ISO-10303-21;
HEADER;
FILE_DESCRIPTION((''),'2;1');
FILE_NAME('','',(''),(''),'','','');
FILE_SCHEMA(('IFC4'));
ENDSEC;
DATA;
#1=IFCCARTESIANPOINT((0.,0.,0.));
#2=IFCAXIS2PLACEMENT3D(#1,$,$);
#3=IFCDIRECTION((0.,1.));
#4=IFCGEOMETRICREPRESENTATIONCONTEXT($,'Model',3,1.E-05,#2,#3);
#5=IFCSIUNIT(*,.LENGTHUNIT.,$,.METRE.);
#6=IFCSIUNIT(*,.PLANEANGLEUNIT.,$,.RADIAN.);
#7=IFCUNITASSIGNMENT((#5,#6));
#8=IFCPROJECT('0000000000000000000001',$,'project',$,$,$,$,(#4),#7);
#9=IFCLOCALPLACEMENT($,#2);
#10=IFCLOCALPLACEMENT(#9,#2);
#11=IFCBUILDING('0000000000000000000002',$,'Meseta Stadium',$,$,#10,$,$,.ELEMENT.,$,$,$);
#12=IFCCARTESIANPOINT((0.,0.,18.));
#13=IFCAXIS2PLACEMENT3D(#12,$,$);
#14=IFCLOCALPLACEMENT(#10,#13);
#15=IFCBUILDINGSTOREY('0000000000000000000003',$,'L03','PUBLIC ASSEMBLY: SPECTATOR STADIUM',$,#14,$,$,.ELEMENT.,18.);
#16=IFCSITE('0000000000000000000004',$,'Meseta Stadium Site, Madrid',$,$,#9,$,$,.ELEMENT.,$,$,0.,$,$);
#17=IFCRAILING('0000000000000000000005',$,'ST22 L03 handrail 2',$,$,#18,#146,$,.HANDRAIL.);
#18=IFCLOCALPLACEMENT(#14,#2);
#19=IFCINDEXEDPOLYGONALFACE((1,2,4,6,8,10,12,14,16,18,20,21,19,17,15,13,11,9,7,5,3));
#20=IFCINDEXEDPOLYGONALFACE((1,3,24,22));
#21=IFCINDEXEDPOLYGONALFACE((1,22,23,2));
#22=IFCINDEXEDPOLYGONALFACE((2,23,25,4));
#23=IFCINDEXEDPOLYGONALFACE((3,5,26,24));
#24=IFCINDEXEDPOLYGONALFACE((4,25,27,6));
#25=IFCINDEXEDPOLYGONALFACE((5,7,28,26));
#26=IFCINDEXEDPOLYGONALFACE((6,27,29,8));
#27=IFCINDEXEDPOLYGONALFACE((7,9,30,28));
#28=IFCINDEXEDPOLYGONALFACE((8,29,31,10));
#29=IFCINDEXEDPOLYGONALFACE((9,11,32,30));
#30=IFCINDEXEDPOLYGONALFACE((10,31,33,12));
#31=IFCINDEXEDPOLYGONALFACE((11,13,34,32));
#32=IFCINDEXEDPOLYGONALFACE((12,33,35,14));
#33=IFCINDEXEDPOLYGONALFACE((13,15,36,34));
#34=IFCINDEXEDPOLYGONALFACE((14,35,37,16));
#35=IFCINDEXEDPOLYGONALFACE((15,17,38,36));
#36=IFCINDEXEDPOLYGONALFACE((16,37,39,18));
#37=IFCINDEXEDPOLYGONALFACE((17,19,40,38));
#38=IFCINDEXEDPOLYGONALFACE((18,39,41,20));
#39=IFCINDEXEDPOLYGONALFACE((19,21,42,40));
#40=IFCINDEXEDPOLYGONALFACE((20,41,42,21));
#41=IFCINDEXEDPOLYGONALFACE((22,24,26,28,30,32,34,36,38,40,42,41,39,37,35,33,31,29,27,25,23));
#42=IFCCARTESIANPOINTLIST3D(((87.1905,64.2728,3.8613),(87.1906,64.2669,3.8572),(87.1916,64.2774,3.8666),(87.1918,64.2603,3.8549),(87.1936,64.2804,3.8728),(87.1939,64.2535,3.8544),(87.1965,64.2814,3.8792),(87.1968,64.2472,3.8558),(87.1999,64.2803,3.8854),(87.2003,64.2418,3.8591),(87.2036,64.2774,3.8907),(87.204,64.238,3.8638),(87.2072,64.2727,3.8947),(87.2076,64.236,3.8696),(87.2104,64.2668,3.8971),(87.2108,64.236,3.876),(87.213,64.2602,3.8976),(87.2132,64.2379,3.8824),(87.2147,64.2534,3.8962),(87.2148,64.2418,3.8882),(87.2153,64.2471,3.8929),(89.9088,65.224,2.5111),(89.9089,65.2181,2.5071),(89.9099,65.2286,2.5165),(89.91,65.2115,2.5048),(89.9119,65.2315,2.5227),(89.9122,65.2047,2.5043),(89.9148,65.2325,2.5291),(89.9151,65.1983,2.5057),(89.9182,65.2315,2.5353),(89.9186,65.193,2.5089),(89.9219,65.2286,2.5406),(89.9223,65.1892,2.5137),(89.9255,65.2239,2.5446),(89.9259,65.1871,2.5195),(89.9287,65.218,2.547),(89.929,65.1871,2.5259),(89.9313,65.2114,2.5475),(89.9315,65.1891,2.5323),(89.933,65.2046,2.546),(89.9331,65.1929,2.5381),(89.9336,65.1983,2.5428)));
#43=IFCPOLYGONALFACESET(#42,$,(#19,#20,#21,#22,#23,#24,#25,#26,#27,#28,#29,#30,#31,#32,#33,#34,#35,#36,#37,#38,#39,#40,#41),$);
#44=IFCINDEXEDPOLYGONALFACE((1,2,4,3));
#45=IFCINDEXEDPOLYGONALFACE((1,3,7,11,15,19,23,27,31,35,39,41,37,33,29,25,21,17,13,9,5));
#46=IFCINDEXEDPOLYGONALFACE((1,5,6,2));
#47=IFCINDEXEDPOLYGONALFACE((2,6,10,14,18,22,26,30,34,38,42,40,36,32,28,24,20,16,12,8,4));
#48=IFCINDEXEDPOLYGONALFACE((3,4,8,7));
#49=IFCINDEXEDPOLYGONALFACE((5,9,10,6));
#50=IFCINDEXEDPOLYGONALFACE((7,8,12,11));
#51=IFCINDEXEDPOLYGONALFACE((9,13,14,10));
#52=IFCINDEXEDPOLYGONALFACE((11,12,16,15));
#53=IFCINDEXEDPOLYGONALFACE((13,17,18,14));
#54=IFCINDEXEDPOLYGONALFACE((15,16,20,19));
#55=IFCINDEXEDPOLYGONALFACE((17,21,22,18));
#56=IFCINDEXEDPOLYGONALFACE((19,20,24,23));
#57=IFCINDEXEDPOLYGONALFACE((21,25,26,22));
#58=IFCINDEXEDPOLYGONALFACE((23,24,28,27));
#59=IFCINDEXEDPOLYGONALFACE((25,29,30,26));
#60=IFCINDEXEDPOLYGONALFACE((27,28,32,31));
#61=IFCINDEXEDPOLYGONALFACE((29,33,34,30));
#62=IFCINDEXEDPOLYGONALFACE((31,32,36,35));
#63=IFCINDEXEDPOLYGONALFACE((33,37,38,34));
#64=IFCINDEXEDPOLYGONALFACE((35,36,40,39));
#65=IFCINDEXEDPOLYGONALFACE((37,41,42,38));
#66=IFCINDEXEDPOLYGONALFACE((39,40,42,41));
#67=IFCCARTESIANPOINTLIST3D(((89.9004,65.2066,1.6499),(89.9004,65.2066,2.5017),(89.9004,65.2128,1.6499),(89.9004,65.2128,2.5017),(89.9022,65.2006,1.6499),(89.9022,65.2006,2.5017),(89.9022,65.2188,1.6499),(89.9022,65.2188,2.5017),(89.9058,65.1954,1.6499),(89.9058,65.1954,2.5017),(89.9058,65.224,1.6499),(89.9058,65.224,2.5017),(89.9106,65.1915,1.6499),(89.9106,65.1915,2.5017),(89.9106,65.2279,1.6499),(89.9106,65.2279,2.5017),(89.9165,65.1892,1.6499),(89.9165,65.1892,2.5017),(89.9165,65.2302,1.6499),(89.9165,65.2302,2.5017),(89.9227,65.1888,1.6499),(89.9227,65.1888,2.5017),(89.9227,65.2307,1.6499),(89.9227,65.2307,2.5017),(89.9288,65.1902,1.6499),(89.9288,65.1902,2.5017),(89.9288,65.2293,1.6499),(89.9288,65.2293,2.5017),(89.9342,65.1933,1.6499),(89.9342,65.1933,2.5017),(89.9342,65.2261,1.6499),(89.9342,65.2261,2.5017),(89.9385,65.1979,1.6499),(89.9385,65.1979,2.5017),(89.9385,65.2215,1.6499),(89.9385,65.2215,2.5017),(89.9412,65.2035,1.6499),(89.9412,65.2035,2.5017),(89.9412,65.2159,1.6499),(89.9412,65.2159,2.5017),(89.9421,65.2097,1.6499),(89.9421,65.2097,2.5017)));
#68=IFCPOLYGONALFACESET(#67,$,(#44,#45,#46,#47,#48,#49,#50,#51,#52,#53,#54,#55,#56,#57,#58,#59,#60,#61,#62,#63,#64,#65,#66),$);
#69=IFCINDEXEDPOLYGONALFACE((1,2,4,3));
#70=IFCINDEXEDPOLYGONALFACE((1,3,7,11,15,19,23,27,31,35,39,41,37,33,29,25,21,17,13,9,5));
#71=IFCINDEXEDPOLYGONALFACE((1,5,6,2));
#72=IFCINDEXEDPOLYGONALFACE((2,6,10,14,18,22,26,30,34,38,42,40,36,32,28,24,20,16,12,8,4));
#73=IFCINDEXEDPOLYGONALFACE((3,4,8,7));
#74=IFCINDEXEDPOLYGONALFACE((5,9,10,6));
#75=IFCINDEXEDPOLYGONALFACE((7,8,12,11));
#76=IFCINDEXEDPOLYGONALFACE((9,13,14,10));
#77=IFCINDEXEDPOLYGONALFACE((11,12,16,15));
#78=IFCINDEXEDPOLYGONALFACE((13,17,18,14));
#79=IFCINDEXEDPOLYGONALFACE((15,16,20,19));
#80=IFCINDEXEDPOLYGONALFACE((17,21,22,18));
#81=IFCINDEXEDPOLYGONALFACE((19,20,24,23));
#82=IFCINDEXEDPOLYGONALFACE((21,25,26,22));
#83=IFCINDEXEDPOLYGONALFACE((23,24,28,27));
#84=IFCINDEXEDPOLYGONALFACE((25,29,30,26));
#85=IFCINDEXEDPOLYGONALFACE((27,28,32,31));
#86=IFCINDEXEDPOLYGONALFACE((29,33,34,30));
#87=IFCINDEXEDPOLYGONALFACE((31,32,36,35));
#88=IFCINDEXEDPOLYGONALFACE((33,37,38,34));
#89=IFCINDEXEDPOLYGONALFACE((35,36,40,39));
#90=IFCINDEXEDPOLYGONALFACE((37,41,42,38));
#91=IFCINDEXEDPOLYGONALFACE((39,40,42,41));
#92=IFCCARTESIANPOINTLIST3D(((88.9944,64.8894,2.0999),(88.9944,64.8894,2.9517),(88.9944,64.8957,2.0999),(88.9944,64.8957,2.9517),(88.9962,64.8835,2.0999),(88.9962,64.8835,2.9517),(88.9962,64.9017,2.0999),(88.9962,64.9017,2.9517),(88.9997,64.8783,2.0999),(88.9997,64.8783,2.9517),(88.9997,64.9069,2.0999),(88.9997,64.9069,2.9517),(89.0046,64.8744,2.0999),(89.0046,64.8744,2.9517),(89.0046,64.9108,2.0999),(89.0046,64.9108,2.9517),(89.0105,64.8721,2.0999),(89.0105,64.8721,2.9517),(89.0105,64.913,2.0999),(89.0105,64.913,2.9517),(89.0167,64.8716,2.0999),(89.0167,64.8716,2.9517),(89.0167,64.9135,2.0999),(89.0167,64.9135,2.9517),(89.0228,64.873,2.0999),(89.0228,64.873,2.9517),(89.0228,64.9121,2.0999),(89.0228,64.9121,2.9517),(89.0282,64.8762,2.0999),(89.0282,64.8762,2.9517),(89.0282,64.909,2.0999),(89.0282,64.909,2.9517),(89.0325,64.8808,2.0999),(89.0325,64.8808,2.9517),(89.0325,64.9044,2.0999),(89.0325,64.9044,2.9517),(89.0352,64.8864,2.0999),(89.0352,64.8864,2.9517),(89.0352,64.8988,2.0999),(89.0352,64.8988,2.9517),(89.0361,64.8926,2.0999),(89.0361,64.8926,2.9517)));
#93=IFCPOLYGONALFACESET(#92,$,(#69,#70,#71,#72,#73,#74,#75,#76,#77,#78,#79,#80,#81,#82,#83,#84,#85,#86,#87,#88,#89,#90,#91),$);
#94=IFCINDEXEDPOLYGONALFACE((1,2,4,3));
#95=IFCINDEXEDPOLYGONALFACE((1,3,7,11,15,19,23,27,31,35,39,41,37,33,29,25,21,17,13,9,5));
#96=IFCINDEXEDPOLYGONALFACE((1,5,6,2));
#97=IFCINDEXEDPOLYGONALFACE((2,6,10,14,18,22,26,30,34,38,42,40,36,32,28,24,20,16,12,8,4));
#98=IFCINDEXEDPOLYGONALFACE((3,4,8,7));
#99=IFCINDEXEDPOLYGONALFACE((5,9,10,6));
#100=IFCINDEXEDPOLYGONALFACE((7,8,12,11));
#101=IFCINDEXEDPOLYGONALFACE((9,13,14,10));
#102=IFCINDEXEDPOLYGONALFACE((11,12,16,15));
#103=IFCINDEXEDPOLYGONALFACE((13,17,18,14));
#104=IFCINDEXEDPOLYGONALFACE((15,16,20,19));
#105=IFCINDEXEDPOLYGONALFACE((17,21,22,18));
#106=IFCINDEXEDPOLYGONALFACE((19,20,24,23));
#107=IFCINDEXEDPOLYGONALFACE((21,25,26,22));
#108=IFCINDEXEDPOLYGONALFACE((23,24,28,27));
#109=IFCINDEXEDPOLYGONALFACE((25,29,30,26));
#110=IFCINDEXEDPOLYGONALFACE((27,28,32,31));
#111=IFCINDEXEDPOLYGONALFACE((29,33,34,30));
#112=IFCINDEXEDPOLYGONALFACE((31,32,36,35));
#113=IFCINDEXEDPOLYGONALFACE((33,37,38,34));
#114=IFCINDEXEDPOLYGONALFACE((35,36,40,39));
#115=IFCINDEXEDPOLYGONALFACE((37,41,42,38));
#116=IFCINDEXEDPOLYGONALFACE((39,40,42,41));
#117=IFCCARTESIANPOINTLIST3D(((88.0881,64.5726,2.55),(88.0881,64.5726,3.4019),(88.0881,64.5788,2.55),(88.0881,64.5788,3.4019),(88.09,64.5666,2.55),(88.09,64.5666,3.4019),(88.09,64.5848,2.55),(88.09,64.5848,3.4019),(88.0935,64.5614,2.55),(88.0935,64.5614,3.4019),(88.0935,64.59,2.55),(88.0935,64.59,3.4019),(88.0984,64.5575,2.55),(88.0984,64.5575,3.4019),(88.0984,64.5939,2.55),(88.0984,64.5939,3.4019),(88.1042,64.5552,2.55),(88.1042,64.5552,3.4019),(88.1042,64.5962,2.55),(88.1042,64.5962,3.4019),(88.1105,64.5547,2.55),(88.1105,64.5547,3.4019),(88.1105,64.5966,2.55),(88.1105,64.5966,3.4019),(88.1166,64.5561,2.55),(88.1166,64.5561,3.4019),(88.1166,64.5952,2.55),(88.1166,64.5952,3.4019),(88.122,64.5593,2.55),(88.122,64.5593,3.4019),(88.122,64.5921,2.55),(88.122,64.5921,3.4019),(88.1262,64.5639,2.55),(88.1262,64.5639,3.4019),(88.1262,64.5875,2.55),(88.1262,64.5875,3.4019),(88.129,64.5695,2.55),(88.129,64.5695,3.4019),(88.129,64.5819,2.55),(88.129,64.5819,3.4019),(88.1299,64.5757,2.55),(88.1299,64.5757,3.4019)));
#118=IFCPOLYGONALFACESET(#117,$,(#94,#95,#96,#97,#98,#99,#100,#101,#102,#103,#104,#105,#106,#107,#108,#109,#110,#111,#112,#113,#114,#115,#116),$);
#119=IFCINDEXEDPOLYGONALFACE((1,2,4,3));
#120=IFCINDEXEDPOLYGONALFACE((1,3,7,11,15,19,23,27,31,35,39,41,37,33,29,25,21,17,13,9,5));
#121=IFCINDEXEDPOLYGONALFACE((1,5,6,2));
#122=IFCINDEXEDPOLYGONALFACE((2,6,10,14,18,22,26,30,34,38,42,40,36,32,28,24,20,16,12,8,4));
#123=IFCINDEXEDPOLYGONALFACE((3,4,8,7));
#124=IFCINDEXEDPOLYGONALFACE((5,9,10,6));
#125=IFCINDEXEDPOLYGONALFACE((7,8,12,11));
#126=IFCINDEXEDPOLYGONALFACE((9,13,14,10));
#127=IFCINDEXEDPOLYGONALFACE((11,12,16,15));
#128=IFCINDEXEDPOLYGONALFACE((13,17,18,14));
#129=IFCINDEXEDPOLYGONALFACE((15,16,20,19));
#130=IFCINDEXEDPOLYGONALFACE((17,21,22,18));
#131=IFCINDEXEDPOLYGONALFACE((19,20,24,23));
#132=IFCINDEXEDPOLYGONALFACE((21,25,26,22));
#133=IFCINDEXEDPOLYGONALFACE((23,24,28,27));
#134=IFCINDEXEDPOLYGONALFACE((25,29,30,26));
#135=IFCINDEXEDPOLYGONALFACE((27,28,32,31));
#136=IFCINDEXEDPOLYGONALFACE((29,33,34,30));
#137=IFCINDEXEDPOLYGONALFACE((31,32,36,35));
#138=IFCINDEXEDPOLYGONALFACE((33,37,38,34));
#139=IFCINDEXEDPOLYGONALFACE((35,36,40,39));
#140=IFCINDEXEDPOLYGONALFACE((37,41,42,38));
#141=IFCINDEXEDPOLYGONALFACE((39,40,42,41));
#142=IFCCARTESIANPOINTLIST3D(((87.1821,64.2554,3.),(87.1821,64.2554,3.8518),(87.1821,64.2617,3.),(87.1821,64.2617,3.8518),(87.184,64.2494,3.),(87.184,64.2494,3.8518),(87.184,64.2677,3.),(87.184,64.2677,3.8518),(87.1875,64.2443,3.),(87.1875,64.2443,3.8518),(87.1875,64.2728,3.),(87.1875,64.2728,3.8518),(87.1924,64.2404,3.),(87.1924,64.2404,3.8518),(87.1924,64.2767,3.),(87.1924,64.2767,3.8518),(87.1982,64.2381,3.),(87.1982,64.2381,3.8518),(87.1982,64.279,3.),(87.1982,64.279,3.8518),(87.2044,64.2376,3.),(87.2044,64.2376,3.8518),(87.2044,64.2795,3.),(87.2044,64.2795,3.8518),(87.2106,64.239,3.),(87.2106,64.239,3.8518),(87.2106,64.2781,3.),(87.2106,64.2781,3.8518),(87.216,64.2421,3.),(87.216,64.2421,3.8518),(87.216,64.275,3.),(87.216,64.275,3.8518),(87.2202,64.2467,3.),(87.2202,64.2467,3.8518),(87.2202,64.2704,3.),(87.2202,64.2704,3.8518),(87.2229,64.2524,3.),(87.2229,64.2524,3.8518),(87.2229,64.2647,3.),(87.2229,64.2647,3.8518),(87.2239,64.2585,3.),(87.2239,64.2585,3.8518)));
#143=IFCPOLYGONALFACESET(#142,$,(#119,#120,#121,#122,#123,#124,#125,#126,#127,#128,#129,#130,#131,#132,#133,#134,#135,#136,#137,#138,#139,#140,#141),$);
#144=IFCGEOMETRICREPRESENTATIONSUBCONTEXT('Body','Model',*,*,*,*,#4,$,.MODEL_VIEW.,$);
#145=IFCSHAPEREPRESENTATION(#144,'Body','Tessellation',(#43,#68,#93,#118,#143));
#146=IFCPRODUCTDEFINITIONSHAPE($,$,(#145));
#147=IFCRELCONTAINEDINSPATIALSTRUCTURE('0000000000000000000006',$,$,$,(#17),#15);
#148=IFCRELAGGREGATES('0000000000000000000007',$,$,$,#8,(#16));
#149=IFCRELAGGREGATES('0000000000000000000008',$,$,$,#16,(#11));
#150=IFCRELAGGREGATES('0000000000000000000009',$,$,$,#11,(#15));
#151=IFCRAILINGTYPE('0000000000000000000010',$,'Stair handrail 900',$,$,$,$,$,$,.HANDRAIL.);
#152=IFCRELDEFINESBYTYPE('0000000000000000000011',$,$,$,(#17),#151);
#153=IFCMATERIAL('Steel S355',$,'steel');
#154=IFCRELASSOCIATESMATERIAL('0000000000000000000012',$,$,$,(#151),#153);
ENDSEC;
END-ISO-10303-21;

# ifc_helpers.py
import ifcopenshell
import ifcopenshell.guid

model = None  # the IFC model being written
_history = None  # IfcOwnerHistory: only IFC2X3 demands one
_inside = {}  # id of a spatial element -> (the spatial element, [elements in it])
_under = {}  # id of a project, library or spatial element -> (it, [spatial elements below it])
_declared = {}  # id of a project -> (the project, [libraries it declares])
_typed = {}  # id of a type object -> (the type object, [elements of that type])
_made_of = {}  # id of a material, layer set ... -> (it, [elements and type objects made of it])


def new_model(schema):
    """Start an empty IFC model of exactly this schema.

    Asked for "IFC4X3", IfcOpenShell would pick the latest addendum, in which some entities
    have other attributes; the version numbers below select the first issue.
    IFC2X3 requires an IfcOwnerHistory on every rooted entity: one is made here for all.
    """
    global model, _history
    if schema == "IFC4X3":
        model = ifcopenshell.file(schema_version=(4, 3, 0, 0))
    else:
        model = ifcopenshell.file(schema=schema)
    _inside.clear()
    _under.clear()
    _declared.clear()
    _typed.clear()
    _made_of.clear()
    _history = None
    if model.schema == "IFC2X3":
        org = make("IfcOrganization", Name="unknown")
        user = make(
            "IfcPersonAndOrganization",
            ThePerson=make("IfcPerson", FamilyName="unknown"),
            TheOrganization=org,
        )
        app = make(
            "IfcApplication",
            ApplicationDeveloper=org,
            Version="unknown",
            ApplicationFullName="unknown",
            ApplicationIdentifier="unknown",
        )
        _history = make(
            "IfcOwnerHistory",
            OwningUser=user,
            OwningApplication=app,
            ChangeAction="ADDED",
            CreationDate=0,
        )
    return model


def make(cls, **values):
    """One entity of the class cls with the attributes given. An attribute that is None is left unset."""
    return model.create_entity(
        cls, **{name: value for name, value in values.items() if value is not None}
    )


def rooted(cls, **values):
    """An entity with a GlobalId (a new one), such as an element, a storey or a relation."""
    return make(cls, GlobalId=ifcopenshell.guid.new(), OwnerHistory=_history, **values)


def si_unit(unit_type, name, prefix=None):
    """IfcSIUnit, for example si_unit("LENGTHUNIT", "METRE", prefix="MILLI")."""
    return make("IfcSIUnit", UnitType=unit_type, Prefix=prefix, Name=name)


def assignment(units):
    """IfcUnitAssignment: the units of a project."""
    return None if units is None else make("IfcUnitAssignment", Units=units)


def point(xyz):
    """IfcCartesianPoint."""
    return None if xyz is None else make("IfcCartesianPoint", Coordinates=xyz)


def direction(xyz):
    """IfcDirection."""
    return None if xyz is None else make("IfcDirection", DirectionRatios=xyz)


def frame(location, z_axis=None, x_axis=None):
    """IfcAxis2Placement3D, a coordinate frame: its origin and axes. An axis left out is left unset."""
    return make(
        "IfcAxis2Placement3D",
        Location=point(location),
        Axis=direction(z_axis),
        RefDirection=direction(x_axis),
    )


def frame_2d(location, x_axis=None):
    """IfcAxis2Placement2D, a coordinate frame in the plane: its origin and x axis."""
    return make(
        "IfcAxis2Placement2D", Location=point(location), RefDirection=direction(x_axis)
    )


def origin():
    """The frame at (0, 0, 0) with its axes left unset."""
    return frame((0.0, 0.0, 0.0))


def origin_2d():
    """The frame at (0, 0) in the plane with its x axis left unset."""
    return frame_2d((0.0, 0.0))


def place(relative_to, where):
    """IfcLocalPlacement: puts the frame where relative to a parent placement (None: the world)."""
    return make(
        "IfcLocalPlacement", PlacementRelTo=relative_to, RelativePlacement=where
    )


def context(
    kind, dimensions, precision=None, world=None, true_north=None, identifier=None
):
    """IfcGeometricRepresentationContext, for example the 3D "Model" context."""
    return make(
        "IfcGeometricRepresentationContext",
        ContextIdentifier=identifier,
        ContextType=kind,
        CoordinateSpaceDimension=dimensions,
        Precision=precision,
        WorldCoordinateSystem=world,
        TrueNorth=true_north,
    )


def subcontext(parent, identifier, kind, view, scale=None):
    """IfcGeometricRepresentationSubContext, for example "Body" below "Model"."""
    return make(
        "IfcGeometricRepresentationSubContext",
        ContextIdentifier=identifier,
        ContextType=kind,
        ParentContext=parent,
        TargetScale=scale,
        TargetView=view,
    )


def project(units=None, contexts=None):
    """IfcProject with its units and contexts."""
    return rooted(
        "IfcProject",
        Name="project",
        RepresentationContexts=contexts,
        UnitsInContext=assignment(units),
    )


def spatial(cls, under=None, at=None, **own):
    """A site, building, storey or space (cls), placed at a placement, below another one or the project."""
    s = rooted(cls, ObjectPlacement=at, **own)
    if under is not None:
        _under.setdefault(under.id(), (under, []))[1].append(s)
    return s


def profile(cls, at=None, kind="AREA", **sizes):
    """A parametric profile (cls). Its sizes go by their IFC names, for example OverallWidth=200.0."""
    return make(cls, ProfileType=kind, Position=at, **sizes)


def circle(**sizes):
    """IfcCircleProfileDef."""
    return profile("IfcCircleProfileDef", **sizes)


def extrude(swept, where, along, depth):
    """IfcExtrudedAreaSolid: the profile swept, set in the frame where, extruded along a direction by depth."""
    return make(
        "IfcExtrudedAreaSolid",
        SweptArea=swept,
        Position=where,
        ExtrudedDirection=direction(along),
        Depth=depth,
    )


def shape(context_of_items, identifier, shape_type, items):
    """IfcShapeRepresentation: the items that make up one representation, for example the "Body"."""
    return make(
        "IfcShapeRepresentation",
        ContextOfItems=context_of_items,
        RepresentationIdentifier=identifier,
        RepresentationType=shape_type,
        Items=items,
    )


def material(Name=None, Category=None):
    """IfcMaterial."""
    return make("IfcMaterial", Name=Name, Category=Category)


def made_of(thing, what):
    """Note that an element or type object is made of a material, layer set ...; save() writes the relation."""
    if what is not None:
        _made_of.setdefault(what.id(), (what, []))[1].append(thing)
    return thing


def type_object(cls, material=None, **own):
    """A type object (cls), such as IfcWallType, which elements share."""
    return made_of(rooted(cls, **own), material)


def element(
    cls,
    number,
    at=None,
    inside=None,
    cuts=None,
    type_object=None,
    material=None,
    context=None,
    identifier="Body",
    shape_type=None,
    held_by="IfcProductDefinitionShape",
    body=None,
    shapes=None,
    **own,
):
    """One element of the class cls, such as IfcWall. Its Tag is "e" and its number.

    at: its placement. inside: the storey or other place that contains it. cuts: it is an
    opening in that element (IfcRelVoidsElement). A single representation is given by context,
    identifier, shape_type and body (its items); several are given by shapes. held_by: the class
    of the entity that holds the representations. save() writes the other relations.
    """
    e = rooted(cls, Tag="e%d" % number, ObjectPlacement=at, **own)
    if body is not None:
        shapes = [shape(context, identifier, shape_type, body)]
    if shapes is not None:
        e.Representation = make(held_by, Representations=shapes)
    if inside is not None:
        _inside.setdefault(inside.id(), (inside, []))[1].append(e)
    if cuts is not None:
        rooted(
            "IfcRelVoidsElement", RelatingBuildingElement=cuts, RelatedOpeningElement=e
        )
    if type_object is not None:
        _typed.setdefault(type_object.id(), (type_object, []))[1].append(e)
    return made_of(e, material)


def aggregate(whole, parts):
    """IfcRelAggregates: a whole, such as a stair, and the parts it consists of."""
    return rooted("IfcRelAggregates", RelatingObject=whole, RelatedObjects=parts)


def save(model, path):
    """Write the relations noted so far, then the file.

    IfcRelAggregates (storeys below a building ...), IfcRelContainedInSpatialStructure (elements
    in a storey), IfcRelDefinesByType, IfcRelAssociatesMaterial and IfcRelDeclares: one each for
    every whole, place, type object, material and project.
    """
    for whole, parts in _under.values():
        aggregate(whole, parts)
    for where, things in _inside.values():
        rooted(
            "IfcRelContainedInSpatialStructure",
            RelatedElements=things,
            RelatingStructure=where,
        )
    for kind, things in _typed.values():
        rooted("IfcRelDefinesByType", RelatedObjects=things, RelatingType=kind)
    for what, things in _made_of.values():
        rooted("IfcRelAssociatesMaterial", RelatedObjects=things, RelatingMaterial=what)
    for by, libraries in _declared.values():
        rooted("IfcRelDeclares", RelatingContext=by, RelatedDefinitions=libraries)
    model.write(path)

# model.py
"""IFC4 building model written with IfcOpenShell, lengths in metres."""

from ifc_helpers import new_model, si_unit, direction, frame, origin, origin_2d, place, context, subcontext, project, spatial, circle, extrude, material, type_object, element, save


model = new_model("IFC4")

# Units and contexts
model_context = context("Model", 3, precision=1e-05, world=origin(), true_north=direction((0.0, 1.0)))
body_context = subcontext(model_context, "Body", "Model", "MODEL_VIEW")
ifc_project = project(units=[si_unit("LENGTHUNIT", "METRE"), si_unit("PLANEANGLEUNIT", "RADIAN")], contexts=[model_context])

# Site, building, storey
site_placement = place(None, origin())
site = spatial("IfcSite", under=ifc_project, at=site_placement, Name="Meseta Stadium Site, Madrid", CompositionType="ELEMENT", RefElevation=0.0)
building_placement = place(site_placement, origin())
building = spatial("IfcBuilding", under=site, at=building_placement, Name="Meseta Stadium", CompositionType="ELEMENT")
storey_placement = place(building_placement, frame((0.0, 0.0, 18.0)))
storey = spatial("IfcBuildingStorey", under=building, at=storey_placement, Name="L03", Description="PUBLIC ASSEMBLY: SPECTATOR STADIUM", CompositionType="ELEMENT", Elevation=18.0)

# Railing
ifc_material_1 = material(Name="Steel S355", Category="steel")
railing_type_1 = type_object("IfcRailingType", Name="Stair handrail 900", PredefinedType="HANDRAIL", material=ifc_material_1)
for number, where, name in (
    (1, (89.9211, 65.2097, 1.6499), "ST22 L03 handrail 2"),
):
    element("IfcRailing", number, at=place(storey_placement, frame(where)), inside=storey, type_object=railing_type_1, Name=name, PredefinedType="HANDRAIL", context=body_context, shape_type="SweptSolid", body=[
        extrude(circle(Radius=0.0239, at=origin_2d()), frame((0.0, 0.0, 0.876), z_axis=(-0.854629, -0.299051, 0.424474), x_axis=(0.330282, -0.943882, 0.0)), (0.0, 0.0, 1.0), 3.1807),
        extrude(circle(Radius=0.021, at=origin_2d()), origin(), (0.0, 0.0, 1.0), 0.8518),
        extrude(circle(Radius=0.021, at=origin_2d()), frame((-0.906, -0.3171, 0.45)), (0.0, 0.0, 1.0), 0.8518),
        extrude(circle(Radius=0.021, at=origin_2d()), frame((-1.8123, -0.634, 0.9001)), (0.0, 0.0, 1.0), 0.8518),
        extrude(circle(Radius=0.021, at=origin_2d()), frame((-2.7183, -0.9512, 1.3501)), (0.0, 0.0, 1.0), 0.8518),
    ])

save(model, "model.ifc")
